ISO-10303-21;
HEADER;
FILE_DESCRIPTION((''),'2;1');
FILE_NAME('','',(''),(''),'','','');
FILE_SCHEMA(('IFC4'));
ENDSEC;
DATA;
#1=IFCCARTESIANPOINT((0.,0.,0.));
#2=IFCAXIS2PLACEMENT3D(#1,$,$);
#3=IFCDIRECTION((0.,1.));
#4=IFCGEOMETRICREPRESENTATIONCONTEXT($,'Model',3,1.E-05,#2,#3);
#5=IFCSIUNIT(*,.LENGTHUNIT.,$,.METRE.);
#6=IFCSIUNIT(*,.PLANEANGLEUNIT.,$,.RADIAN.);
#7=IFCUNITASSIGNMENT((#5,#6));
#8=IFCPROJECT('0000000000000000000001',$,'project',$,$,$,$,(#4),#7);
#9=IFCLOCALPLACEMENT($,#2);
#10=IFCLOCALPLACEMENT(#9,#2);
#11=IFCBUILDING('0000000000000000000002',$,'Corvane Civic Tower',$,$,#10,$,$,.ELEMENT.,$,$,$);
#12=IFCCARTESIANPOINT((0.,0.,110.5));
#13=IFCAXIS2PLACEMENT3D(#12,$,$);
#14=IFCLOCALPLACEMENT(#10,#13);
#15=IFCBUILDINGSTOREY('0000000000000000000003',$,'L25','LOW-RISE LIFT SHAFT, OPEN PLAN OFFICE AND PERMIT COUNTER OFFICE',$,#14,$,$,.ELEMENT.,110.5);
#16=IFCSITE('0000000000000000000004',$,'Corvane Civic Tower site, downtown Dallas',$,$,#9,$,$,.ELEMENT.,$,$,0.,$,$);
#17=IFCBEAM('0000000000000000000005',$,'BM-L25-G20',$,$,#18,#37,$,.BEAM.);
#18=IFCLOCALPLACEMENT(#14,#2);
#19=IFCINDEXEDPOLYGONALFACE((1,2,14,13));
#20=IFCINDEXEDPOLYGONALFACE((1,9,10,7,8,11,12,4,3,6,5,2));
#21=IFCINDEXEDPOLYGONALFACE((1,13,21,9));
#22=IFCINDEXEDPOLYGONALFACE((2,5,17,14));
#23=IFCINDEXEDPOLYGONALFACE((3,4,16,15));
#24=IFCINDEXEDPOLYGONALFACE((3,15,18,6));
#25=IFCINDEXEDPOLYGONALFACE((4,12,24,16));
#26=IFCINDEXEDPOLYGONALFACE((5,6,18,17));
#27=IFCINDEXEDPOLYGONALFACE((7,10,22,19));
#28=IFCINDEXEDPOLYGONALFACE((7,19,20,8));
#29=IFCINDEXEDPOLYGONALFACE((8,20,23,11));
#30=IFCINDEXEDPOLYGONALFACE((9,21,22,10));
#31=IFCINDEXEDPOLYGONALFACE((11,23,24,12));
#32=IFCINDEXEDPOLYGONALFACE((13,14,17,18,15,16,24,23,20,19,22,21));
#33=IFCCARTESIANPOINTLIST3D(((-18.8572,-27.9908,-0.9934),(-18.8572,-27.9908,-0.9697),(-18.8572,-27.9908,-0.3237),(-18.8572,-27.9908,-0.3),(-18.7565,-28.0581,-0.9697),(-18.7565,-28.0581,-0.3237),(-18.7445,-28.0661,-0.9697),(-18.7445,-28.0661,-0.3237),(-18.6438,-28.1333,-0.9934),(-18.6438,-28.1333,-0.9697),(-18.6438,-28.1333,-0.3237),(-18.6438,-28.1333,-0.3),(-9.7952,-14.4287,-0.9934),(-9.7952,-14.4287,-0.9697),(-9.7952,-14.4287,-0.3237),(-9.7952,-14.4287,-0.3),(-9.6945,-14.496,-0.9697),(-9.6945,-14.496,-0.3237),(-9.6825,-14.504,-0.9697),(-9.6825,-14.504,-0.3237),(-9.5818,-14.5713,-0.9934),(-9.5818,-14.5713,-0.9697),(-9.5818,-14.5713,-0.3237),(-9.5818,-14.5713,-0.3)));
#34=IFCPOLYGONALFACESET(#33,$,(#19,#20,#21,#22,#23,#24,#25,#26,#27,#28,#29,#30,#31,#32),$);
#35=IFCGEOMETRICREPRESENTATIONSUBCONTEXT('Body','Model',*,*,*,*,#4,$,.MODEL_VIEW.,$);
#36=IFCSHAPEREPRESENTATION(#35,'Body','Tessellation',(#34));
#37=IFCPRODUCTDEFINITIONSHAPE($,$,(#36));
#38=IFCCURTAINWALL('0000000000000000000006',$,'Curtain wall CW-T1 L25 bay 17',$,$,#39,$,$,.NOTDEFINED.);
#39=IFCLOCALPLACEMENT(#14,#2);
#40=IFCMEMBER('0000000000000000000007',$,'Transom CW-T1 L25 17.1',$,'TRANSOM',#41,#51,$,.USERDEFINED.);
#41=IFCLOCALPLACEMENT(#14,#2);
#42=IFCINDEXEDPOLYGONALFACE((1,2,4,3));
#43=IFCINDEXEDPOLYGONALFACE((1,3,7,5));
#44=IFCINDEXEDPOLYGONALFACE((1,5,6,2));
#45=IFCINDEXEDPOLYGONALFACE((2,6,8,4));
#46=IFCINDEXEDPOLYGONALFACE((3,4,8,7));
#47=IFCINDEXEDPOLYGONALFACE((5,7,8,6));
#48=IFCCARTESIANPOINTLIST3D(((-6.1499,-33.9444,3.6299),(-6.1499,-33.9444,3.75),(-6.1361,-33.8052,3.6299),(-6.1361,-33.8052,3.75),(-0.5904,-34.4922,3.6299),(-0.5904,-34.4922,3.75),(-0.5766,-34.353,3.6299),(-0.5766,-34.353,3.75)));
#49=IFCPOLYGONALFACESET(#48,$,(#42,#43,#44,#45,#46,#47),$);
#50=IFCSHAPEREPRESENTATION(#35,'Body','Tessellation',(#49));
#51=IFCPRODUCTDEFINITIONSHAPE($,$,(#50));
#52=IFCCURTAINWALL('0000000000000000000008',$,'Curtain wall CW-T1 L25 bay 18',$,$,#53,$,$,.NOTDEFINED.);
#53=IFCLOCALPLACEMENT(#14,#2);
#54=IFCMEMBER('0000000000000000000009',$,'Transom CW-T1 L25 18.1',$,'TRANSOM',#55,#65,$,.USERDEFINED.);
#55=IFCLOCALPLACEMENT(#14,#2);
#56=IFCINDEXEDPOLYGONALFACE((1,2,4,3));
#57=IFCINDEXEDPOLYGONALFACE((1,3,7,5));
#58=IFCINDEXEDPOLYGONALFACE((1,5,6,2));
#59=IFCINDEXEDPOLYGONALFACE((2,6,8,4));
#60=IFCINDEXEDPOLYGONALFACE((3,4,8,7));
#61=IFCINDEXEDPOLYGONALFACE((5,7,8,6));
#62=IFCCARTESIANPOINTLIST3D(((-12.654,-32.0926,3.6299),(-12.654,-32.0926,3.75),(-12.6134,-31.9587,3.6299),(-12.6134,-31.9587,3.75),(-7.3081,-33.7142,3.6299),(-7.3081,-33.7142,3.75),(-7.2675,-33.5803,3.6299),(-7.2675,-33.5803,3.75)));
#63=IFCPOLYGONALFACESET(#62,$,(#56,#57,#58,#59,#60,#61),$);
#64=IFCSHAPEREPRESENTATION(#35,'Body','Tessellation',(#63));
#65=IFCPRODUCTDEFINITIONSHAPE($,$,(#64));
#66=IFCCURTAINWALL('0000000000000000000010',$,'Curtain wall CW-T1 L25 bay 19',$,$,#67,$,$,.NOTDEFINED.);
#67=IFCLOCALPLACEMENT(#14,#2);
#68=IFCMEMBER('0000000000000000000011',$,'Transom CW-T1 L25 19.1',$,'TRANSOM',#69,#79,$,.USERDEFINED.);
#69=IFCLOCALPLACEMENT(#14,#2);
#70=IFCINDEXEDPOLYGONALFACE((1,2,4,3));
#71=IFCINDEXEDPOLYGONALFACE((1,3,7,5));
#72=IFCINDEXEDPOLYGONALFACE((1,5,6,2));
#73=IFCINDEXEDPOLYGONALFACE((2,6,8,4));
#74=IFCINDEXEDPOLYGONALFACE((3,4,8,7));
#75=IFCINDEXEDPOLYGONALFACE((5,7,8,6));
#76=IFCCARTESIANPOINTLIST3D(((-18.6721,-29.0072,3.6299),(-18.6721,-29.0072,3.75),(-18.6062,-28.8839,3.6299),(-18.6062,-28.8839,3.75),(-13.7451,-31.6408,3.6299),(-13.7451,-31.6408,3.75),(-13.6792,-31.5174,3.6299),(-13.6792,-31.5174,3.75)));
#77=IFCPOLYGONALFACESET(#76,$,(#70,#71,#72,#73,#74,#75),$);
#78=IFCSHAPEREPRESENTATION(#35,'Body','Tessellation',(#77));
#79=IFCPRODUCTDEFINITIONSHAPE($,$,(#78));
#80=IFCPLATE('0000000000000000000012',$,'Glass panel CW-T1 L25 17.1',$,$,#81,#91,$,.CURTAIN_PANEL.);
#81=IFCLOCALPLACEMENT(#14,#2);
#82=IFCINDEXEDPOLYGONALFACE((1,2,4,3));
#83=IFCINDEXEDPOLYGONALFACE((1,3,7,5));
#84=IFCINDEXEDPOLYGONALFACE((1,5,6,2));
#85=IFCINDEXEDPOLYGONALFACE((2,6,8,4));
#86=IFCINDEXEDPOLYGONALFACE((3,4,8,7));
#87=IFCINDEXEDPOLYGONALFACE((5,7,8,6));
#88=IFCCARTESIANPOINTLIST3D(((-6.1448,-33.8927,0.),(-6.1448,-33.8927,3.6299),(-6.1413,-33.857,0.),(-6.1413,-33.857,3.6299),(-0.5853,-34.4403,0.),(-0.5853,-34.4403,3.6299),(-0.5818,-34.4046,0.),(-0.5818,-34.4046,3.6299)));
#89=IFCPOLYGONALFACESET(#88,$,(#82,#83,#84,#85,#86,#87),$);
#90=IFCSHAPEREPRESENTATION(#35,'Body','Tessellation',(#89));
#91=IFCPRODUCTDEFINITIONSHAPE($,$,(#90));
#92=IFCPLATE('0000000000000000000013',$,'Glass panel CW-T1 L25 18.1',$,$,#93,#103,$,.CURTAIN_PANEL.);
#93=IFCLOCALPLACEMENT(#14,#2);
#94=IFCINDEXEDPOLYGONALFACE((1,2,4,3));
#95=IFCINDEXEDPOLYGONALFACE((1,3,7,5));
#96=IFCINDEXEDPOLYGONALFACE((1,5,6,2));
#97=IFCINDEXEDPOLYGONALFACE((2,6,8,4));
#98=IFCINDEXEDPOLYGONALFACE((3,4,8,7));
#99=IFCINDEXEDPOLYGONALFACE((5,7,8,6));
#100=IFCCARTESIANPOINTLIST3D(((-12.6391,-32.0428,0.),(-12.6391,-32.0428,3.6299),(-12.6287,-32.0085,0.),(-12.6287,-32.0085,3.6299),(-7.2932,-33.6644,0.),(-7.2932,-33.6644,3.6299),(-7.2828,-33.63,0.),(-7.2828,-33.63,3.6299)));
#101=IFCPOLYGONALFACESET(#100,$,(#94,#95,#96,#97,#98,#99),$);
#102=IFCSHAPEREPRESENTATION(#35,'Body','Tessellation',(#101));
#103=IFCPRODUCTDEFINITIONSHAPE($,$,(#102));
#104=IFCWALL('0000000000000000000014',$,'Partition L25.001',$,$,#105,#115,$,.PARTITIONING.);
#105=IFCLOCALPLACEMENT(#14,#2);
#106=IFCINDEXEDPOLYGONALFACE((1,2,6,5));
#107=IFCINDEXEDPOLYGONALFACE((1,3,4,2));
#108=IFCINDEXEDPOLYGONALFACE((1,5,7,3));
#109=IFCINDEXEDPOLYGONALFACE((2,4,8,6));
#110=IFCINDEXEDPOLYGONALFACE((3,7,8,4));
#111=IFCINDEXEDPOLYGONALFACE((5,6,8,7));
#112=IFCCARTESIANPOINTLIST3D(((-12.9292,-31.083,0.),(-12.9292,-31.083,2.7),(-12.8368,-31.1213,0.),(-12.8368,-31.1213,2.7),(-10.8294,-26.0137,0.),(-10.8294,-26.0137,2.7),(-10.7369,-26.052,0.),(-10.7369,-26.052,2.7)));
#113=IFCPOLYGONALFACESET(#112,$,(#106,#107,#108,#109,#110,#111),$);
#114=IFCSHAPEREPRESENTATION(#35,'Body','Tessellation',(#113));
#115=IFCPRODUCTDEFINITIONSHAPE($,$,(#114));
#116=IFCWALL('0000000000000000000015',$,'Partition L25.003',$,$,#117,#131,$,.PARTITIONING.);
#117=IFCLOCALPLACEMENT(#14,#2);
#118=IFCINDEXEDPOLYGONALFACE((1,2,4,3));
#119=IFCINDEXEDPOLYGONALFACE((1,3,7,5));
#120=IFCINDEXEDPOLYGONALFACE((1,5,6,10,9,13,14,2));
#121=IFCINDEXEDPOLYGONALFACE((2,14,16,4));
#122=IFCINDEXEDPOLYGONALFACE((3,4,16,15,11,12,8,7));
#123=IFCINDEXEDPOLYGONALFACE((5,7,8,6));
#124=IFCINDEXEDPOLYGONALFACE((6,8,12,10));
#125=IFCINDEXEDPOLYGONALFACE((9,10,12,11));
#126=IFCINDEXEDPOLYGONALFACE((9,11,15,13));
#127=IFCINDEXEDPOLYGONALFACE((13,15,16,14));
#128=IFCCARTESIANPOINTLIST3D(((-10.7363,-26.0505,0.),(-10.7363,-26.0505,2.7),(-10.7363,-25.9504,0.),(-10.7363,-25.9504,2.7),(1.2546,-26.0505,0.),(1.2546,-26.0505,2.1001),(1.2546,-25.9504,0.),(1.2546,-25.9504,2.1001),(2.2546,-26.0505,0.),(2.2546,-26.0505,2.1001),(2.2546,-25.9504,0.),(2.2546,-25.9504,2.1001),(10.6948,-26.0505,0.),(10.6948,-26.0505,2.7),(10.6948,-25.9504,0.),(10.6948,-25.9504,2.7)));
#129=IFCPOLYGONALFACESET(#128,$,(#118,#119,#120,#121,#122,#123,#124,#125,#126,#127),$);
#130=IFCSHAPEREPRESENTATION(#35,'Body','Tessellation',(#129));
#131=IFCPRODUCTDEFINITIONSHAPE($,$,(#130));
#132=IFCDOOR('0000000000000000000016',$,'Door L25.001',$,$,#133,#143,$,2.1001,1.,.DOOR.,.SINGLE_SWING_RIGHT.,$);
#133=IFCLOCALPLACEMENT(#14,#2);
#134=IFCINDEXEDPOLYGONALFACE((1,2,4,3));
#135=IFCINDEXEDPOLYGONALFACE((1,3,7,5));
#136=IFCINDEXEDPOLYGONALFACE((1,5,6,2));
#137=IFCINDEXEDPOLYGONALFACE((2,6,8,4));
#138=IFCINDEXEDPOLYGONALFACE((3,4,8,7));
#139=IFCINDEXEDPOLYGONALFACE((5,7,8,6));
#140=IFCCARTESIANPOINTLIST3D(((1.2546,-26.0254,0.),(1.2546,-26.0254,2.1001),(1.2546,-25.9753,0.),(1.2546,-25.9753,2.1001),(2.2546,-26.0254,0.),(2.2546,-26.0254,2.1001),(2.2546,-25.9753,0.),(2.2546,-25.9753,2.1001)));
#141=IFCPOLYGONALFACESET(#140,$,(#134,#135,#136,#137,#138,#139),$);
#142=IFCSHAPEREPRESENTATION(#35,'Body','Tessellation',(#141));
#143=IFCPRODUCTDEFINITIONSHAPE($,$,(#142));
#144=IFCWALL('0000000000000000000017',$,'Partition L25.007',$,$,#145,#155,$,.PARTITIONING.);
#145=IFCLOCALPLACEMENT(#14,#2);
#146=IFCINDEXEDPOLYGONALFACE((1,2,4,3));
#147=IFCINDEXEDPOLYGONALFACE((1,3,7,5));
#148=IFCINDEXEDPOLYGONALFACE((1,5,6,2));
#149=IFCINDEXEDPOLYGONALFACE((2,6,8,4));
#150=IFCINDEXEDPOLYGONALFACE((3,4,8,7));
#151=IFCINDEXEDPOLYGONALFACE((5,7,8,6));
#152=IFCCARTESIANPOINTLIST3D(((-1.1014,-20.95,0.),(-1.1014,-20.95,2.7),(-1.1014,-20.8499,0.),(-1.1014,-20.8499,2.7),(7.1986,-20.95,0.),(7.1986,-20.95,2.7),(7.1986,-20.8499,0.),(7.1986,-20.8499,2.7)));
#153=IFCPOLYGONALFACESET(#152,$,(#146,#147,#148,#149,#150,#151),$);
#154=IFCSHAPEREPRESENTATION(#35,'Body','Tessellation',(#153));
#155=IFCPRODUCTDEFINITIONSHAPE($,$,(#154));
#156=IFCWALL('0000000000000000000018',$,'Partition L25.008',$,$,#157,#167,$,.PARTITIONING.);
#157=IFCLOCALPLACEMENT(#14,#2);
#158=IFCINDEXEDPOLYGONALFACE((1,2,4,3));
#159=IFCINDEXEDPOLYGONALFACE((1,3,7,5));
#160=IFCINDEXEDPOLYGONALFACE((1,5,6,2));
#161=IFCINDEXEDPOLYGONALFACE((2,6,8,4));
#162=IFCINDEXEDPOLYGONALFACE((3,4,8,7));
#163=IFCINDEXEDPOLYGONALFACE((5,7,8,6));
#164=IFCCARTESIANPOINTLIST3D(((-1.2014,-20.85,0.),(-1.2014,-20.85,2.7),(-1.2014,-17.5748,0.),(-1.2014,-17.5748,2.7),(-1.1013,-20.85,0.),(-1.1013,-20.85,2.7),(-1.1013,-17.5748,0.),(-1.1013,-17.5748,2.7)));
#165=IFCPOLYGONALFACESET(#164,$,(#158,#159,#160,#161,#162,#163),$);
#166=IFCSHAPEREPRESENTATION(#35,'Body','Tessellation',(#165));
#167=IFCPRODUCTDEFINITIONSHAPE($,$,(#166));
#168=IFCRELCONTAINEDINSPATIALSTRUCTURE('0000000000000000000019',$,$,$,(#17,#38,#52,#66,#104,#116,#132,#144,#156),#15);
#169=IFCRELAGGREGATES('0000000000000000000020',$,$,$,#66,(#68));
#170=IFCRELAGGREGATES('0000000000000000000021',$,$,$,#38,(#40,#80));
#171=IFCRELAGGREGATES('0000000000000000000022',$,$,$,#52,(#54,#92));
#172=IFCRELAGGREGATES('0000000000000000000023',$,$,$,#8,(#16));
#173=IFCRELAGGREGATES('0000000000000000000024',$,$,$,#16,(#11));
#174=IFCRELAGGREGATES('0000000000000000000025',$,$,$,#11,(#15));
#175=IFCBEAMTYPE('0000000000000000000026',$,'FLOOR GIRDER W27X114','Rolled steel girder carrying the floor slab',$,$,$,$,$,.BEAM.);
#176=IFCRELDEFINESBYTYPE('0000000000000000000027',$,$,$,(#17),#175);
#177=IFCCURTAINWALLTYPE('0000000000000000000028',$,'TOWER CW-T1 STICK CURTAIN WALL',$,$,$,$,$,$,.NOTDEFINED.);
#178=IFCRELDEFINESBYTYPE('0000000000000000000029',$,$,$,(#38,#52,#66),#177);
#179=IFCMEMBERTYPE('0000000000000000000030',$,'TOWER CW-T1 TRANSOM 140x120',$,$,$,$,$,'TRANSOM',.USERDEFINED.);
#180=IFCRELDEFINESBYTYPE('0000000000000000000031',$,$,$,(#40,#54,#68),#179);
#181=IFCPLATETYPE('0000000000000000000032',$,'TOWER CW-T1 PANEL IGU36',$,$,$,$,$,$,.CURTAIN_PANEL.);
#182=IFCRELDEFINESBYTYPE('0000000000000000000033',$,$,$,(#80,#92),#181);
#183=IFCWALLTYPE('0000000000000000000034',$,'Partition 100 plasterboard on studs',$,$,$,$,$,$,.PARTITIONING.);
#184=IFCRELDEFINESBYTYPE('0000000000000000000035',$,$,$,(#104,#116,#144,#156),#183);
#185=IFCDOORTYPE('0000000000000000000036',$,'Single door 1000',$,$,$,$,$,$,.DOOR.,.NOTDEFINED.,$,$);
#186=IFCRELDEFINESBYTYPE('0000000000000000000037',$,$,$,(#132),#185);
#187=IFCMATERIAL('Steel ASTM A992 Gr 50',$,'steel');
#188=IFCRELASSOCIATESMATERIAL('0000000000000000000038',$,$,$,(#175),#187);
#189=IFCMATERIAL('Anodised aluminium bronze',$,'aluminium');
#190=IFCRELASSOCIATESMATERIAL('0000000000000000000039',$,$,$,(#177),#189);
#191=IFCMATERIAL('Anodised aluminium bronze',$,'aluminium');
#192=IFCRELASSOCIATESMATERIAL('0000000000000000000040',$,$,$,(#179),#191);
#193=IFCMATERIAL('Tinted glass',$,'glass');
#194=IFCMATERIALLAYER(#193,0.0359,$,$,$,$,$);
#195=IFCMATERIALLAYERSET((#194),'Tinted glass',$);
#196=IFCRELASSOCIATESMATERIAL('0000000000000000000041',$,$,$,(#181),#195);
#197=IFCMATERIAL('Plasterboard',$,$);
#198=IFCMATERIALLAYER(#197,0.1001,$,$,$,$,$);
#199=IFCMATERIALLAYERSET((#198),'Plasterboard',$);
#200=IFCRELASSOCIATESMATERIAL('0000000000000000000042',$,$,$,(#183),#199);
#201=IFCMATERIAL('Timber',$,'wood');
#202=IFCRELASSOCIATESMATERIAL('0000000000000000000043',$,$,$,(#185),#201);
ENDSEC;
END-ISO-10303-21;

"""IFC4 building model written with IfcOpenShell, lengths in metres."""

from ifc_helpers import new_model, si_unit, direction, frame, frame_2d, origin, origin_2d, place, context, subcontext, project, spatial, rectangle, i_section, extrude, material, layer, layer_set, material_profile, profile_set, type_object, element, fill, aggregate, save


model = new_model("IFC4")

# Units and contexts
model_context = context("Model", 3, precision=1e-05, world=origin(), true_north=direction((0.0, 1.0)))
body_context = subcontext(model_context, "Body", "Model", "MODEL_VIEW")
ifc_project = project(units=[si_unit("LENGTHUNIT", "METRE"), si_unit("PLANEANGLEUNIT", "RADIAN")], contexts=[model_context])

# Site, building, storey
site_placement = place(None, origin())
site = spatial("IfcSite", under=ifc_project, at=site_placement, Name="Corvane Civic Tower site, downtown Dallas", CompositionType="ELEMENT", RefElevation=0.0)
building_placement = place(site_placement, origin())
building = spatial("IfcBuilding", under=site, at=building_placement, Name="Corvane Civic Tower", CompositionType="ELEMENT")
storey_placement = place(building_placement, frame((0.0, 0.0, 110.5)))
storey = spatial("IfcBuildingStorey", under=building, at=storey_placement, Name="L25", Description="LOW-RISE LIFT SHAFT, OPEN PLAN OFFICE AND PERMIT COUNTER OFFICE", CompositionType="ELEMENT", Elevation=110.5)

# Beam
ifc_material_1 = material(Name="Steel ASTM A992 Gr 50", Category="steel")
ifc_material_profile_1 = material_profile(ifc_material_1, i_section(OverallWidth=0.2566, OverallDepth=0.6934, WebThickness=0.0144, FlangeThickness=0.0237, at=origin_2d()), Name="W27X114")
ifc_profile_set_1 = profile_set([ifc_material_profile_1], Name="Steel ASTM A992 Gr 50")
beam_type_1 = type_object("IfcBeamType", Name="FLOOR GIRDER W27X114", Description="Rolled steel girder carrying the floor slab", PredefinedType="BEAM", material=ifc_profile_set_1)
beam_1_placement = place(storey_placement, frame((-9.6885, -14.5, -0.6467), z_axis=(-0.555577, -0.831465, 0.0), x_axis=(0.831465, -0.555577, 0.0)))
element("IfcBeam", 1, at=beam_1_placement, inside=storey, type_object=beam_type_1, Name="BM-L25-G20", PredefinedType="BEAM", context=body_context, shape_type="SweptSolid", body=[
    extrude(i_section(OverallWidth=0.2566, OverallDepth=0.6934, WebThickness=0.0144, FlangeThickness=0.0237, at=origin_2d()), origin(), (0.0, 0.0, 1.0), 16.311),
])

# Curtain walls, members
ifc_material_2 = material(Name="Anodised aluminium bronze", Category="aluminium")
curtain_wall_type = type_object("IfcCurtainWallType", Name="TOWER CW-T1 STICK CURTAIN WALL", PredefinedType="NOTDEFINED", material=ifc_material_2)
curtain_wall_1_placement = place(storey_placement, origin())
curtain_wall_1 = element("IfcCurtainWall", 2, at=curtain_wall_1_placement, inside=storey, type_object=curtain_wall_type, Name="Curtain wall CW-T1 L25 bay 17", PredefinedType="NOTDEFINED")
ifc_material_3 = material(Name="Anodised aluminium bronze", Category="aluminium")
ifc_material_profile_2 = material_profile(ifc_material_3, rectangle(XDim=0.1399, YDim=0.1201, at=origin_2d()), Name="TOWER CW-T1 TRANSOM 140x120")
ifc_profile_set_2 = profile_set([ifc_material_profile_2], Name="Anodised aluminium bronze")
member_type = type_object("IfcMemberType", Name="TOWER CW-T1 TRANSOM 140x120", ElementType="TRANSOM", PredefinedType="USERDEFINED", material=ifc_profile_set_2)
member_1_placement = place(storey_placement, frame((-0.5835, -34.4226, 3.6899), z_axis=(-0.99518, 0.098067, 0.0), x_axis=(-0.098067, -0.99518, 0.0)))
member_1 = element("IfcMember", 3, at=member_1_placement, type_object=member_type, Name="Transom CW-T1 L25 17.1", ObjectType="TRANSOM", PredefinedType="USERDEFINED", context=body_context, shape_type="SweptSolid", body=[
    extrude(rectangle(XDim=0.1399, YDim=0.1201, at=origin_2d()), origin(), (0.0, 0.0, 1.0), 5.5864),
])
curtain_wall_2_placement = place(storey_placement, origin())
curtain_wall_2 = element("IfcCurtainWall", 4, at=curtain_wall_2_placement, inside=storey, type_object=curtain_wall_type, Name="Curtain wall CW-T1 L25 bay 18", PredefinedType="NOTDEFINED")
member_2_placement = place(storey_placement, frame((-7.2878, -33.6472, 3.6899), z_axis=(-0.956945, 0.290269, 0.0), x_axis=(-0.290269, -0.956945, 0.0)))
member_2 = element("IfcMember", 5, at=member_2_placement, type_object=member_type, Name="Transom CW-T1 L25 18.1", ObjectType="TRANSOM", PredefinedType="USERDEFINED", context=body_context, shape_type="SweptSolid", body=[
    extrude(rectangle(XDim=0.1399, YDim=0.1201, at=origin_2d()), origin(), (0.0, 0.0, 1.0), 5.5864),
])
curtain_wall_3_placement = place(storey_placement, origin())
curtain_wall_3 = element("IfcCurtainWall", 6, at=curtain_wall_3_placement, inside=storey, type_object=curtain_wall_type, Name="Curtain wall CW-T1 L25 bay 19", PredefinedType="NOTDEFINED")
member_3_placement = place(storey_placement, frame((-13.7122, -31.5791, 3.6899), z_axis=(-0.881921, 0.471398, 0.0), x_axis=(-0.471398, -0.881921, 0.0)))
member_3 = element("IfcMember", 7, at=member_3_placement, type_object=member_type, Name="Transom CW-T1 L25 19.1", ObjectType="TRANSOM", PredefinedType="USERDEFINED", context=body_context, shape_type="SweptSolid", body=[
    extrude(rectangle(XDim=0.1399, YDim=0.1201, at=origin_2d()), origin(), (0.0, 0.0, 1.0), 5.5867),
])
aggregate(curtain_wall_3, [member_3])

# Plates
ifc_material_4 = material(Name="Tinted glass", Category="glass")
ifc_layer_1 = layer(ifc_material_4, 0.0359)
ifc_layer_set_1 = layer_set([ifc_layer_1], Name="Tinted glass")
plate_type = type_object("IfcPlateType", Name="TOWER CW-T1 PANEL IGU36", PredefinedType="CURTAIN_PANEL", material=ifc_layer_set_1)
plate_1_placement = place(storey_placement, frame((-3.3633, -34.1487, 0.0), z_axis=(0.0, 0.0, 1.0), x_axis=(-0.995184, 0.098027, 0.0)))
plate_1 = element("IfcPlate", 8, at=plate_1_placement, type_object=plate_type, Name="Glass panel CW-T1 L25 17.1", PredefinedType="CURTAIN_PANEL", context=body_context, shape_type="SweptSolid", body=[
    extrude(rectangle(XDim=5.5864, YDim=0.0359, at=origin_2d()), origin(), (0.0, 0.0, 1.0), 3.6299),
])
aggregate(curtain_wall_1, [member_1, plate_1])
plate_2_placement = place(storey_placement, frame((-9.9609, -32.8364, 0.0), z_axis=(0.0, 0.0, 1.0), x_axis=(-0.956946, 0.290266, 0.0)))
plate_2 = element("IfcPlate", 9, at=plate_2_placement, type_object=plate_type, Name="Glass panel CW-T1 L25 18.1", PredefinedType="CURTAIN_PANEL", context=body_context, shape_type="SweptSolid", body=[
    extrude(rectangle(XDim=5.5864, YDim=0.0359, at=origin_2d()), origin(), (0.0, 0.0, 1.0), 3.6299),
])
aggregate(curtain_wall_2, [member_2, plate_2])

# Wall
ifc_material_5 = material(Name="Plasterboard")
ifc_layer_2 = layer(ifc_material_5, 0.1001)
ifc_layer_set_2 = layer_set([ifc_layer_2], Name="Plasterboard")
wall_type = type_object("IfcWallType", Name="Partition 100 plasterboard on studs", PredefinedType="PARTITIONING", material=ifc_layer_set_2)
wall_1_placement = place(storey_placement, frame((-12.8831, -31.1023, 0.0), z_axis=(0.0, 0.0, 1.0), x_axis=(0.382694, 0.923875, 0.0)))
element("IfcWall", 10, at=wall_1_placement, inside=storey, type_object=wall_type, Name="Partition L25.001", PredefinedType="PARTITIONING", context=body_context, shape_type="SweptSolid", body=[
    extrude(rectangle(XDim=5.4871, YDim=0.1001, at=frame_2d((2.7437, 0.0))), origin(), (0.0, 0.0, 1.0), 2.7),
])

# Wall, opening, door
wall_2_placement = place(storey_placement, frame((-10.7363, -26.0005, 0.0), z_axis=(0.0, 0.0, 1.0), x_axis=(1.0, 0.0, 0.0)))
wall_2 = element("IfcWall", 11, at=wall_2_placement, inside=storey, type_object=wall_type, Name="Partition L25.003", PredefinedType="PARTITIONING", context=body_context, shape_type="SweptSolid", body=[
    extrude(rectangle(XDim=21.4312, YDim=0.1001, at=frame_2d((10.7156, 0.0))), origin(), (0.0, 0.0, 1.0), 2.7),
])
opening_placement = place(wall_2_placement, frame((11.991, 0.0, 0.0)))
opening = element("IfcOpeningElement", 12, at=opening_placement, cuts=wall_2, PredefinedType="OPENING", context=body_context, shape_type="SweptSolid", body=[
    extrude(rectangle(XDim=1.0, YDim=2.1001, at=frame_2d((0.5, 1.05))), frame((0.0, 0.0601, 0.0), z_axis=(0.0, -1.0, 0.0), x_axis=(1.0, 0.0, 0.0)), (0.0, 0.0, 1.0), 0.1201),
])
ifc_material_6 = material(Name="Timber", Category="wood")
door_type = type_object("IfcDoorType", Name="Single door 1000", OperationType="NOTDEFINED", PredefinedType="DOOR", material=ifc_material_6)
door_placement = place(opening_placement, frame((1.0, 0.0, 0.0), z_axis=(0.0, 0.0, 1.0), x_axis=(-1.0, 0.0, 0.0)))
door = element("IfcDoor", 13, at=door_placement, inside=storey, type_object=door_type, Name="Door L25.001", OperationType="SINGLE_SWING_RIGHT", OverallHeight=2.1001, OverallWidth=1.0, PredefinedType="DOOR", context=body_context, shape_type="SweptSolid", body=[
    extrude(rectangle(XDim=1.0, YDim=2.1001, at=frame_2d((0.5, 1.05))), frame((0.0, 0.0249, 0.0), z_axis=(0.0, -1.0, 0.0), x_axis=(1.0, 0.0, 0.0)), (0.0, 0.0, 1.0), 0.05),
])
fill(opening, door)

# Walls
wall_3_placement = place(storey_placement, frame((-1.1013, -20.8999, 0.0), z_axis=(0.0, 0.0, 1.0), x_axis=(1.0, 0.0, 0.0)))
element("IfcWall", 14, at=wall_3_placement, inside=storey, type_object=wall_type, Name="Partition L25.007", PredefinedType="PARTITIONING", context=body_context, shape_type="SweptSolid", body=[
    extrude(rectangle(XDim=8.3, YDim=0.1001, at=frame_2d((4.1499, 0.0))), origin(), (0.0, 0.0, 1.0), 2.7),
])
wall_4_placement = place(storey_placement, frame((-1.1514, -20.8501, 0.0), z_axis=(0.0, 0.0, 1.0), x_axis=(0.0, 1.0, 0.0)))
element("IfcWall", 15, at=wall_4_placement, inside=storey, type_object=wall_type, Name="Partition L25.008", PredefinedType="PARTITIONING", context=body_context, shape_type="SweptSolid", body=[
    extrude(rectangle(XDim=3.2751, YDim=0.1001, at=frame_2d((1.6377, 0.0))), origin(), (0.0, 0.0, 1.0), 2.7),
])

save(model, "model.ifc")
